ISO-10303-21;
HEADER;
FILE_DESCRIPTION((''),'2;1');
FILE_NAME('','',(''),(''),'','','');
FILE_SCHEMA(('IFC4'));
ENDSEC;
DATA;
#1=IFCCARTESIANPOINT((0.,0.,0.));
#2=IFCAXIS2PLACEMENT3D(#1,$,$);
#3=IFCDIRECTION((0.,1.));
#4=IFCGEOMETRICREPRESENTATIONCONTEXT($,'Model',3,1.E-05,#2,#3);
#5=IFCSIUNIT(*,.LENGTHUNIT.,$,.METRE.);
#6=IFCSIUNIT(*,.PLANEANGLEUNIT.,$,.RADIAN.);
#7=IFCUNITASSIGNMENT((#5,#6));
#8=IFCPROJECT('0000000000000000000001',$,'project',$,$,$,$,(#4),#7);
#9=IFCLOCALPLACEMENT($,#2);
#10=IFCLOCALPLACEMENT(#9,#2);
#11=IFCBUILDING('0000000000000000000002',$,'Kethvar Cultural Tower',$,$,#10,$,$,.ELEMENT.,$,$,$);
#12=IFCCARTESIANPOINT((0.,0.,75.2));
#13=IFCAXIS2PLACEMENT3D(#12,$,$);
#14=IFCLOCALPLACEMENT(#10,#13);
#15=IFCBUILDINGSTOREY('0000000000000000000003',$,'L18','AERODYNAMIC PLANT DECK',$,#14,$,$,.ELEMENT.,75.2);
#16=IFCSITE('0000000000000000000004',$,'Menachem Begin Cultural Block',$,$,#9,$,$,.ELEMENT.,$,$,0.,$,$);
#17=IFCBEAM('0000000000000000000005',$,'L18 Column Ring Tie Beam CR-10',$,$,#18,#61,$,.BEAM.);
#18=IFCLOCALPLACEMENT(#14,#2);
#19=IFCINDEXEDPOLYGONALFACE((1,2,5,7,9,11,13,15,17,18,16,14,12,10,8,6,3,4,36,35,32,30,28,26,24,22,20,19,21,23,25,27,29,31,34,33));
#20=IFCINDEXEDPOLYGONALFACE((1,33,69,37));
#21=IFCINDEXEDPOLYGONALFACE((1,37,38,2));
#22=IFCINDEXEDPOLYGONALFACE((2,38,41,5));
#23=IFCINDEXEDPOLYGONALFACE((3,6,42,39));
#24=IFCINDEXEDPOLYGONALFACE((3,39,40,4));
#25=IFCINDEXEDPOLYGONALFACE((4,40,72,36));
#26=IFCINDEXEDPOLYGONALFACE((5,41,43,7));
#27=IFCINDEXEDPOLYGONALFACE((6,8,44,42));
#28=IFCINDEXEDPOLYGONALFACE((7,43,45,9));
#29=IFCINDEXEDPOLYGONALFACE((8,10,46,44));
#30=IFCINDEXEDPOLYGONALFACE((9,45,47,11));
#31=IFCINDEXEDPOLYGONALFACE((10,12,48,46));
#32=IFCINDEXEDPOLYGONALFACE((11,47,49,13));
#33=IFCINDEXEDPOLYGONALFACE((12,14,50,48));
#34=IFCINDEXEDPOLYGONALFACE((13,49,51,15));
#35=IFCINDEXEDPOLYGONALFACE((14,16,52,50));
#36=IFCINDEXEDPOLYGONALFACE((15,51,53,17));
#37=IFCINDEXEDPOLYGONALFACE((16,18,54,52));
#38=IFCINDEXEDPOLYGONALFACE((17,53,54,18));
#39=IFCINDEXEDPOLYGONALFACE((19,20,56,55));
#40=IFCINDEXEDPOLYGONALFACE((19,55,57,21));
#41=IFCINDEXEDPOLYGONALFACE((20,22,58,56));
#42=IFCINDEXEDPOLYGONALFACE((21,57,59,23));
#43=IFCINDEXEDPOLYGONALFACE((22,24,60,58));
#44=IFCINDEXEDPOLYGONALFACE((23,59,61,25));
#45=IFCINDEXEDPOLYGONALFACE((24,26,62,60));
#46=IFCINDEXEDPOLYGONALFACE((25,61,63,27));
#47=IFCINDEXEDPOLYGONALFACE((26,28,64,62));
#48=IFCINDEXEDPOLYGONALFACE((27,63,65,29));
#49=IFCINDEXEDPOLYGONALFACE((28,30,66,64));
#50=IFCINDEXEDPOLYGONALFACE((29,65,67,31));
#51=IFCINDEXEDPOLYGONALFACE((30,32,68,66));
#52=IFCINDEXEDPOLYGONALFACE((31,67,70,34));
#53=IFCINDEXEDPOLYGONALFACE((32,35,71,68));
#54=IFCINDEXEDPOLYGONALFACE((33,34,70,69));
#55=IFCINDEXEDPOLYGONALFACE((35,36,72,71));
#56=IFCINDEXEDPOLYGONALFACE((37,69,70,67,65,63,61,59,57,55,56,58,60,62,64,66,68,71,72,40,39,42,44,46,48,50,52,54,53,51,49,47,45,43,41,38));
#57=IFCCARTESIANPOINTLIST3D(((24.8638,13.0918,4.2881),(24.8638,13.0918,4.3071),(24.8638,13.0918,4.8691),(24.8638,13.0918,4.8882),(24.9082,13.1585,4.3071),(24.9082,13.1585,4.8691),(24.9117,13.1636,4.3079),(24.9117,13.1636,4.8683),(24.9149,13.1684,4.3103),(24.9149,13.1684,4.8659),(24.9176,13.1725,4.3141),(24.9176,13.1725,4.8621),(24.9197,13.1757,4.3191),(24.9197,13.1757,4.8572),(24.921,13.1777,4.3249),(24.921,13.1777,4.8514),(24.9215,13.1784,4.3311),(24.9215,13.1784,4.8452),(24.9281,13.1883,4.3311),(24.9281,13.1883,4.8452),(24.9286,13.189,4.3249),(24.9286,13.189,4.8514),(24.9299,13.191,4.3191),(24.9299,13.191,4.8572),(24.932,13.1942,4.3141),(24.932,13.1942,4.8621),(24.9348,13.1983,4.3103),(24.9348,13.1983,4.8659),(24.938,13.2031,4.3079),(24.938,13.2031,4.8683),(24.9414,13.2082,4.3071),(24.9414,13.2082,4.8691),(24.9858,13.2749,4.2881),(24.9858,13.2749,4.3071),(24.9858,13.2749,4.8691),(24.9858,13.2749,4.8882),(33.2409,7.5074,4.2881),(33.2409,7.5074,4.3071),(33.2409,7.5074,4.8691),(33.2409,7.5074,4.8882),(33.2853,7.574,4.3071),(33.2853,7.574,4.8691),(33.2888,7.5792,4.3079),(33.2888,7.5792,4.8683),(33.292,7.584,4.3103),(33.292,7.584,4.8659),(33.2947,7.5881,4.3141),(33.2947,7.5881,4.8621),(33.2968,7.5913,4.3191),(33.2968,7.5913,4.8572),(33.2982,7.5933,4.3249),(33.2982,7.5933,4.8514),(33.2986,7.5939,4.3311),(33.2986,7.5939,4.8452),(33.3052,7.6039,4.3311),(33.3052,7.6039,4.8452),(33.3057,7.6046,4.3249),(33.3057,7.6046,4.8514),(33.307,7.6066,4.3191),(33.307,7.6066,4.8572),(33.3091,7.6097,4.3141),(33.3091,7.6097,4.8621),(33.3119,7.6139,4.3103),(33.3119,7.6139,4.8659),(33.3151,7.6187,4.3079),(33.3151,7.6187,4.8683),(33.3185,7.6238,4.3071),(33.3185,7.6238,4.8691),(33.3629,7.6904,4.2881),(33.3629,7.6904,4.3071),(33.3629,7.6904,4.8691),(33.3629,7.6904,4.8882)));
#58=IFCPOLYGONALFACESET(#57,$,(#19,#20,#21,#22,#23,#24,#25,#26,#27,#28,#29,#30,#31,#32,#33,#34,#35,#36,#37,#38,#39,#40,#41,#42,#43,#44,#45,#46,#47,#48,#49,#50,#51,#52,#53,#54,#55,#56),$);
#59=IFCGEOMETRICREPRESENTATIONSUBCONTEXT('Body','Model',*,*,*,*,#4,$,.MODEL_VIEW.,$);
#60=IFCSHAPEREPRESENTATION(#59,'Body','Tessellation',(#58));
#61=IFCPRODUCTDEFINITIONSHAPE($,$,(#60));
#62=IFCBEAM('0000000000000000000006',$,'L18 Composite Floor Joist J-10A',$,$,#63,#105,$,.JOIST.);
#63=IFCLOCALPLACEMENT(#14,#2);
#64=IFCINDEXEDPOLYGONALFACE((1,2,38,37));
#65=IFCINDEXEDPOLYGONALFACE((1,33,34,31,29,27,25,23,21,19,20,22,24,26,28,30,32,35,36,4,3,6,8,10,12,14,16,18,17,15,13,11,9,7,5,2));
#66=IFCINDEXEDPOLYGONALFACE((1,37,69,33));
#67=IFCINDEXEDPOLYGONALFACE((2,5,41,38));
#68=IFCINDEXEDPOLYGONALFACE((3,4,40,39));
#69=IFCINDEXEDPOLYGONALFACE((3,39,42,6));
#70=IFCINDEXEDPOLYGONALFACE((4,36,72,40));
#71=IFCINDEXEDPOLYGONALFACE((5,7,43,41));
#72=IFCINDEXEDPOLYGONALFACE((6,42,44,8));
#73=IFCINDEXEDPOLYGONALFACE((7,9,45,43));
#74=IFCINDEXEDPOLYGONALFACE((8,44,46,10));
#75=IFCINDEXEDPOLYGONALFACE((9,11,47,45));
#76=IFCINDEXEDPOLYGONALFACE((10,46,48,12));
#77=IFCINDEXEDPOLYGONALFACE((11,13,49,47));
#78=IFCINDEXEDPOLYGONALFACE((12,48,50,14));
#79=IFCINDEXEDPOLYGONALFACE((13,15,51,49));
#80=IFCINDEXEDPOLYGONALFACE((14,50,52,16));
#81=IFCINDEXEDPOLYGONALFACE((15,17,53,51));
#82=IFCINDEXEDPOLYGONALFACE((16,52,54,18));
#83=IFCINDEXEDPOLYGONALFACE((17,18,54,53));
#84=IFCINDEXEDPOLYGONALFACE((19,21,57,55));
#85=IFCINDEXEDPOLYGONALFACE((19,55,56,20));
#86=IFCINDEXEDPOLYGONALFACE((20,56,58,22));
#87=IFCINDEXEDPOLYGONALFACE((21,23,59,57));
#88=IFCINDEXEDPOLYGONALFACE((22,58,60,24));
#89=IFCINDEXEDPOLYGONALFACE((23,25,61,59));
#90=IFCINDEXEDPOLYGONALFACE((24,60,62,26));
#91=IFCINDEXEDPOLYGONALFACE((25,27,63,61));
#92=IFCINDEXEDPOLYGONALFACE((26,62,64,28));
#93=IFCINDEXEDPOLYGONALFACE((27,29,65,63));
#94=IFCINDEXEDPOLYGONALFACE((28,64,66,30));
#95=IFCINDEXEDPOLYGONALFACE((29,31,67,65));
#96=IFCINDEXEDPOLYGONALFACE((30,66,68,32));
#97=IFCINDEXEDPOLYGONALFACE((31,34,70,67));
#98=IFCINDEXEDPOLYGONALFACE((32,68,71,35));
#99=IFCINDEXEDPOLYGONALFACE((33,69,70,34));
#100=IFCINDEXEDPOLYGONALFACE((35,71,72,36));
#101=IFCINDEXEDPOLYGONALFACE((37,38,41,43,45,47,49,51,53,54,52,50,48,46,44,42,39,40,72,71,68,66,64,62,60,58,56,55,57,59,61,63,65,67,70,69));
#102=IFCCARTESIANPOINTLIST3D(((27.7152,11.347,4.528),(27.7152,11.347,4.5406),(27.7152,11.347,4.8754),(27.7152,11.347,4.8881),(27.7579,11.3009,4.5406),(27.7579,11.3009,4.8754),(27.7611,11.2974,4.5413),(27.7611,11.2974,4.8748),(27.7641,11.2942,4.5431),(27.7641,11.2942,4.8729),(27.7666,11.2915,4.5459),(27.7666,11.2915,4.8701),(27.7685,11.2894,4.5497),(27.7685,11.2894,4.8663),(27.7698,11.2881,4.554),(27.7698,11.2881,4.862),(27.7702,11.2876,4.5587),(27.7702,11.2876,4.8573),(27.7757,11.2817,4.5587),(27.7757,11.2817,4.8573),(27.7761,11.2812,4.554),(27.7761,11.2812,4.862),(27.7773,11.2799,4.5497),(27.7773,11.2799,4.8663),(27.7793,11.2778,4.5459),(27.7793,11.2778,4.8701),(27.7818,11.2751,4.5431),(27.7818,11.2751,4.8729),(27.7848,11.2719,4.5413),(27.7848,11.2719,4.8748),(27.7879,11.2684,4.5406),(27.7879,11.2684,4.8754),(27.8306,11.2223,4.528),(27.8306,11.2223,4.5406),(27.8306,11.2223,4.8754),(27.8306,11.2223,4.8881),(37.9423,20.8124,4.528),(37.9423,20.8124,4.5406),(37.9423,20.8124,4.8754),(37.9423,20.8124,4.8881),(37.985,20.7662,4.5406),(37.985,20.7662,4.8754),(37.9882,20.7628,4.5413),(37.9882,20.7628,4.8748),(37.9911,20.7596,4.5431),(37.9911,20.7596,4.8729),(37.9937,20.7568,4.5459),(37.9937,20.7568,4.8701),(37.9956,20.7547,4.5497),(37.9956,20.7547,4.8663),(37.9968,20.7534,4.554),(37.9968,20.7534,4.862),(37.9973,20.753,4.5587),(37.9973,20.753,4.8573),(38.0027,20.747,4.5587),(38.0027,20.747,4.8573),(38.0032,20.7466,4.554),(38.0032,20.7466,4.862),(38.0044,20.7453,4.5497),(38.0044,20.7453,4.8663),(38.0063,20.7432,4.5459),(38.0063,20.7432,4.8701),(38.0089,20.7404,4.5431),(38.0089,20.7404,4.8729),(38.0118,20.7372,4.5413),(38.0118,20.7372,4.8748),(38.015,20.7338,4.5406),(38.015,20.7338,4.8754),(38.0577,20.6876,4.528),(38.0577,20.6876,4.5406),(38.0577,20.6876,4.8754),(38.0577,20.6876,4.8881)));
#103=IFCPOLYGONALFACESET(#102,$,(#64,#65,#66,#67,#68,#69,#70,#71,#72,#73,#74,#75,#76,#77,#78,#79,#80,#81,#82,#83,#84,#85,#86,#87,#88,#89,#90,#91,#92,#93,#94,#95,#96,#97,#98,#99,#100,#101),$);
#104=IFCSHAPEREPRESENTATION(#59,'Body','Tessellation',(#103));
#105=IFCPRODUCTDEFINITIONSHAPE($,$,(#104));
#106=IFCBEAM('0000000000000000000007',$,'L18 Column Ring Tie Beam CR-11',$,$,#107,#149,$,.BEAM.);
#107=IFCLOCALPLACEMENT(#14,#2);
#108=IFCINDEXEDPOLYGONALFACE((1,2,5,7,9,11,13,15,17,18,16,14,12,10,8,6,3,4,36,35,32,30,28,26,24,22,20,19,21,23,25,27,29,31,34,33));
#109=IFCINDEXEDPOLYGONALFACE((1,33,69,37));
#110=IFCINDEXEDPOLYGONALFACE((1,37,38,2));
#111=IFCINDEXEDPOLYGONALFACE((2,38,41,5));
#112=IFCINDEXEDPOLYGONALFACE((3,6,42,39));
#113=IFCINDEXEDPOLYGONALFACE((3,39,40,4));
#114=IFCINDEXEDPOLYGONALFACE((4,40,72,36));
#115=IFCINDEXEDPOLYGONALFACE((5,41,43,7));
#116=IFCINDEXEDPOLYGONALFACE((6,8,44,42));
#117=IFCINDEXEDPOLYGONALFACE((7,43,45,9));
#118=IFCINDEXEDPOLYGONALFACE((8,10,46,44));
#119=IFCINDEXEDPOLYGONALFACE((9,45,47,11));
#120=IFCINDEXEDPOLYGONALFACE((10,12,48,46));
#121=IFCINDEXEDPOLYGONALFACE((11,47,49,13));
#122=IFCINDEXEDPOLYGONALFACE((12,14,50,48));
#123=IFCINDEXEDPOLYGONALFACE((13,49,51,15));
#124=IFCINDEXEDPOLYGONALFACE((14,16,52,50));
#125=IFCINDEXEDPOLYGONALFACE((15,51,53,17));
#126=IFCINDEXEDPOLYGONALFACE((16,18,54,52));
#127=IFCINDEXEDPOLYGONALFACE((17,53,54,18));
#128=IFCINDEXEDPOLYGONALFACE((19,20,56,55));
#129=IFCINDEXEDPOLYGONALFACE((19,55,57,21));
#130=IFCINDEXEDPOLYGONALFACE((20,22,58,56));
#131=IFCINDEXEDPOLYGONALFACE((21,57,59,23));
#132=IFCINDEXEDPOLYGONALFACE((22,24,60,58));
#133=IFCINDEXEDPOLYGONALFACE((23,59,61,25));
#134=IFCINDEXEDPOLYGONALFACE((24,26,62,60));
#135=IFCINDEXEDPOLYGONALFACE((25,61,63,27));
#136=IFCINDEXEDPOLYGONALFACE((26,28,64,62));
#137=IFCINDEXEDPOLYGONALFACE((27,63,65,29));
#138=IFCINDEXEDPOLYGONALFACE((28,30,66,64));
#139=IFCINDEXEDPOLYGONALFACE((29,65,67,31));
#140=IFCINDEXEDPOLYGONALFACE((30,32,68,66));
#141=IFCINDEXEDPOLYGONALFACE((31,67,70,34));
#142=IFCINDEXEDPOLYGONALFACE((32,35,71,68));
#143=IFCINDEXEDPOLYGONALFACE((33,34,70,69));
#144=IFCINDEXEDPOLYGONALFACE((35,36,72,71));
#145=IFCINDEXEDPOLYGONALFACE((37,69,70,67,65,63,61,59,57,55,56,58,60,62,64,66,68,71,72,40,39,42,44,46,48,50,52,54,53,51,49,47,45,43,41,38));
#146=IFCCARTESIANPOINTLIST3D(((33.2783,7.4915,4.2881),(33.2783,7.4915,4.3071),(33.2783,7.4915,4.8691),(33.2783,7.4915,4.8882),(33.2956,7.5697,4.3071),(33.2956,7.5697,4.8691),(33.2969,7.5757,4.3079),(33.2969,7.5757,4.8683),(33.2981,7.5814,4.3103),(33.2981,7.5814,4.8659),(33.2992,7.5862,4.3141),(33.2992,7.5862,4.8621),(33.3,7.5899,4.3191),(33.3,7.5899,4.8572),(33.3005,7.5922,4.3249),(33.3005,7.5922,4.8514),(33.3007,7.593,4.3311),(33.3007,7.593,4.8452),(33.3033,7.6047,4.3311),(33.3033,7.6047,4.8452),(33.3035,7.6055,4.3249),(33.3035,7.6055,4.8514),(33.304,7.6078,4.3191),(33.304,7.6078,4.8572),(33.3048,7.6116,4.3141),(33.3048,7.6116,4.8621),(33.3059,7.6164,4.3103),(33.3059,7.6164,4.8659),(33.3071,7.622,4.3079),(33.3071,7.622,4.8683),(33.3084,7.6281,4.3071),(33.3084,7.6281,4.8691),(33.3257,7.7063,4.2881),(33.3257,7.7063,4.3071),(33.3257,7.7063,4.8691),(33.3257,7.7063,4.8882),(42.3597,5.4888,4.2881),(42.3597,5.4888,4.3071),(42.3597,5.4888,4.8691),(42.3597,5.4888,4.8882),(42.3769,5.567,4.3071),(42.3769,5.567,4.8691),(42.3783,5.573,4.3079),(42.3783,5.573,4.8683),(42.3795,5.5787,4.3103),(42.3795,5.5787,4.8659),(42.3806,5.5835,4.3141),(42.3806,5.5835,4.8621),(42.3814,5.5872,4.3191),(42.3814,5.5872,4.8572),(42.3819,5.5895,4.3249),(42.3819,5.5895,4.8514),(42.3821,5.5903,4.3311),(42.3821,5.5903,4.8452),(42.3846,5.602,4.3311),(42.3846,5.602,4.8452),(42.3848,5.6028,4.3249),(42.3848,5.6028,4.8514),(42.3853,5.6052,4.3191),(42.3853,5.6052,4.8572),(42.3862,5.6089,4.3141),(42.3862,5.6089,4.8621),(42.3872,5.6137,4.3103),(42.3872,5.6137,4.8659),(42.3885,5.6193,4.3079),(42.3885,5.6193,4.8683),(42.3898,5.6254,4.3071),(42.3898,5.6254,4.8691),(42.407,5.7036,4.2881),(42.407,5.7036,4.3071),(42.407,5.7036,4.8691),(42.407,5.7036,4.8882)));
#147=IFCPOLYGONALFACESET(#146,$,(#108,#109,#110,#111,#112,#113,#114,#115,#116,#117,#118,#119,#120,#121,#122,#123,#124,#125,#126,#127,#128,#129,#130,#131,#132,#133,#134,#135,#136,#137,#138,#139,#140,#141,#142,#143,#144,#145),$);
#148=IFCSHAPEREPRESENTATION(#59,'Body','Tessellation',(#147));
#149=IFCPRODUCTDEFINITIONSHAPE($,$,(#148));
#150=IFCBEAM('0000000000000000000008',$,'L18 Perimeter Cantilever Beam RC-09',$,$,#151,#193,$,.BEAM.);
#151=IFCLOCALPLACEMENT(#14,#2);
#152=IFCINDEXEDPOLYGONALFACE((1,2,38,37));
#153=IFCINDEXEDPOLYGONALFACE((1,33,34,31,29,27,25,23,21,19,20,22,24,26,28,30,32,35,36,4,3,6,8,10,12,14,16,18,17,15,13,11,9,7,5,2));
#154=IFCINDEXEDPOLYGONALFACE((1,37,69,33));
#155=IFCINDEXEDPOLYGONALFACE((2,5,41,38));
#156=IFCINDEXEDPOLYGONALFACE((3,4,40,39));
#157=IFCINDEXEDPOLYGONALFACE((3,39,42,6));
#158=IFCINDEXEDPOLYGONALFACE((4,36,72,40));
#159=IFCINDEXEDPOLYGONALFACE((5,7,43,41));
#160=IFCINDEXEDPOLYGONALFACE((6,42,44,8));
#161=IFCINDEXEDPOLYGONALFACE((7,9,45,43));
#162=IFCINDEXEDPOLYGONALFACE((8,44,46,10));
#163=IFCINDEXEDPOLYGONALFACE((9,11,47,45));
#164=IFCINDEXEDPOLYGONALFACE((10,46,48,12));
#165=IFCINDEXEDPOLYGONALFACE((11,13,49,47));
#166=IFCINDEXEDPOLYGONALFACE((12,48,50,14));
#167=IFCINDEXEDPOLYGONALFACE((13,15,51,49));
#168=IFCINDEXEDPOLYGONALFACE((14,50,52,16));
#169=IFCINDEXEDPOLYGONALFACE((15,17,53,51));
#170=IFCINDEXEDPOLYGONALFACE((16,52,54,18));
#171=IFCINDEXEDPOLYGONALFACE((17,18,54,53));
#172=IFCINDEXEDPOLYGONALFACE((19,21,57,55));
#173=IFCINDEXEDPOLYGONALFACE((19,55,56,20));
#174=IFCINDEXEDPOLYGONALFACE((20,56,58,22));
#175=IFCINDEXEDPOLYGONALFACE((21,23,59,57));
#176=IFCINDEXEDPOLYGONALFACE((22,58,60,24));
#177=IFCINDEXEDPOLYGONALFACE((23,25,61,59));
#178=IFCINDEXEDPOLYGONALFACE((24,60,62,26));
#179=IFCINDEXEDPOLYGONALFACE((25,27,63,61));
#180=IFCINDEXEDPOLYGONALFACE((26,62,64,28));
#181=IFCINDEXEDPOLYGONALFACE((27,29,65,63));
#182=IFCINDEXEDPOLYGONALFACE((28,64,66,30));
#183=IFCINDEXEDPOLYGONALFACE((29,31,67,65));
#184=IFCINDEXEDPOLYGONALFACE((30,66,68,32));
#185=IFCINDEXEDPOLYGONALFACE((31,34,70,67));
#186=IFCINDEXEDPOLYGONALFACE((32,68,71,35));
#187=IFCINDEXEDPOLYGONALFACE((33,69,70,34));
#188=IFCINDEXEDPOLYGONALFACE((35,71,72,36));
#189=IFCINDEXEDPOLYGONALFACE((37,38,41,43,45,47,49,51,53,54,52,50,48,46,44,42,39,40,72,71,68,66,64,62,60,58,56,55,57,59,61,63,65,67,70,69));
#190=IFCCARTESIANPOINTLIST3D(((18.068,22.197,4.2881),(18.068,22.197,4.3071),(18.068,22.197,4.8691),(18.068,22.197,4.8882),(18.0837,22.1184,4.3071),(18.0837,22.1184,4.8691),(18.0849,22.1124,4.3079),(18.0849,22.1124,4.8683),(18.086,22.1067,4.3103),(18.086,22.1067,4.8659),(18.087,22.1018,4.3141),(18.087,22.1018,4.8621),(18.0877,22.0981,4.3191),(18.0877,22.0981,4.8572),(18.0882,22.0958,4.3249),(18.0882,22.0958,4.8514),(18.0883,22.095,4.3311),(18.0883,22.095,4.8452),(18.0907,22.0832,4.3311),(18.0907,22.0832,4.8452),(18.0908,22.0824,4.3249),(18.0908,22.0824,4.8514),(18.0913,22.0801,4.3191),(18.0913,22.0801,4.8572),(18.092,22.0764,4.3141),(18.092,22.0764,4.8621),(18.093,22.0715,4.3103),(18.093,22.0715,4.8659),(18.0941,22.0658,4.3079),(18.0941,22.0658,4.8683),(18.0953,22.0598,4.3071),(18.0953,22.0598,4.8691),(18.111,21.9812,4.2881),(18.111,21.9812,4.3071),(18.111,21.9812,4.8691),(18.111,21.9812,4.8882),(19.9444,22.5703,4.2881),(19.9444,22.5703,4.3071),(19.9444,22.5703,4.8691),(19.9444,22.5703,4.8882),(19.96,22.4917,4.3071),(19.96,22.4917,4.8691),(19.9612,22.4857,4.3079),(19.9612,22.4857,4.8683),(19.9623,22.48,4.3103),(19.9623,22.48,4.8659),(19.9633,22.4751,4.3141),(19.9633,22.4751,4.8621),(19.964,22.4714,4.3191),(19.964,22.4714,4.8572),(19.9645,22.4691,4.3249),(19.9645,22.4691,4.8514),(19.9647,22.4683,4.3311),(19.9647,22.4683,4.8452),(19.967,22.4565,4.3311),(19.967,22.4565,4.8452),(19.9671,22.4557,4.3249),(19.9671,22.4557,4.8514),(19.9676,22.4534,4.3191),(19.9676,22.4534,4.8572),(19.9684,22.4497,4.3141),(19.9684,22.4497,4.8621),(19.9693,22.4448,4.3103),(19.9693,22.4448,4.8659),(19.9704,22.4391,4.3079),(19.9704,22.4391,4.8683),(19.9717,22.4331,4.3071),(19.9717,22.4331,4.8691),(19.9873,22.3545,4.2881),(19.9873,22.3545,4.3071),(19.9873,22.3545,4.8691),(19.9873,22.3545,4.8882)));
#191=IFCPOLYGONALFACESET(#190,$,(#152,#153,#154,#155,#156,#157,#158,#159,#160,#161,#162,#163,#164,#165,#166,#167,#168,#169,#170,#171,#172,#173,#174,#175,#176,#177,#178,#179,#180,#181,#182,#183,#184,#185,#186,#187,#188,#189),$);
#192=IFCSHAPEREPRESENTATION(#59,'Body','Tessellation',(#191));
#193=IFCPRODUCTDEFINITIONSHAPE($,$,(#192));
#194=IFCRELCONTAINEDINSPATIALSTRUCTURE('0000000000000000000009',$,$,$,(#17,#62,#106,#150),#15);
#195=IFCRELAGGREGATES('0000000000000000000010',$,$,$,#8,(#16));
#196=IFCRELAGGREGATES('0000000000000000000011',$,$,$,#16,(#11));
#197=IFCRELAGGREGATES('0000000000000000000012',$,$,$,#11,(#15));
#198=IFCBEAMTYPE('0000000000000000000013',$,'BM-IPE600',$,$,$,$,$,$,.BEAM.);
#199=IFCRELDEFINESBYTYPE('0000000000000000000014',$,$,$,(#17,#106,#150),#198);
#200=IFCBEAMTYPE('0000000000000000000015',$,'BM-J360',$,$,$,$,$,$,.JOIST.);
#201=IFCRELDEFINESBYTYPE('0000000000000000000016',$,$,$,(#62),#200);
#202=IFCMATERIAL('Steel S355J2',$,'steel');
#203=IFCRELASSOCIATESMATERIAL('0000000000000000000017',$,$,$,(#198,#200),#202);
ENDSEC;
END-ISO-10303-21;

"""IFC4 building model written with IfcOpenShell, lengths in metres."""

from ifc_helpers import new_model, si_unit, direction, frame, origin, origin_2d, place, context, subcontext, project, spatial, i_section, extrude, source, transform, mapped, material, material_profile, profile_set, type_object, element, save


model = new_model("IFC4")

# Units and contexts
model_context = context("Model", 3, precision=1e-05, world=origin(), true_north=direction((0.0, 1.0)))
body_context = subcontext(model_context, "Body", "Model", "MODEL_VIEW")
ifc_project = project(units=[si_unit("LENGTHUNIT", "METRE"), si_unit("PLANEANGLEUNIT", "RADIAN")], contexts=[model_context])

# Site, building, storey
site_placement = place(None, origin())
site = spatial("IfcSite", under=ifc_project, at=site_placement, Name="Menachem Begin Cultural Block", CompositionType="ELEMENT", RefElevation=0.0)
building_placement = place(site_placement, origin())
building = spatial("IfcBuilding", under=site, at=building_placement, Name="Kethvar Cultural Tower", CompositionType="ELEMENT")
storey_placement = place(building_placement, frame((0.0, 0.0, 75.2)))
storey = spatial("IfcBuildingStorey", under=building, at=storey_placement, Name="L18", Description="AERODYNAMIC PLANT DECK", CompositionType="ELEMENT", Elevation=75.2)

# Beams
ifc_material_1 = material(Name="Steel S355J2", Category="steel")
ifc_material_profile_1 = material_profile(ifc_material_1, i_section(OverallWidth=0.22, OverallDepth=0.6001, WebThickness=0.012, FlangeThickness=0.019, FilletRadius=0.0239, at=origin_2d()), Name="Steel S355J2 — IPE600")
ifc_profile_set_1 = profile_set([ifc_material_profile_1], Name="Steel S355J2 — IPE600")
beam_type_1 = type_object("IfcBeamType", Name="BM-IPE600", PredefinedType="BEAM", material=ifc_profile_set_1)
ifc_material_profile_2 = material_profile(ifc_material_1, i_section(OverallWidth=0.1699, OverallDepth=0.3601, WebThickness=0.0081, FlangeThickness=0.0127, FilletRadius=0.0181, at=origin_2d()), Name="Steel S355J2 — IPE360")
ifc_profile_set_2 = profile_set([ifc_material_profile_2], Name="Steel S355J2 — IPE360")
beam_type_2 = type_object("IfcBeamType", Name="BM-J360", PredefinedType="JOIST", material=ifc_profile_set_2)
shared_shape_1 = source(origin(), body_context, "Body", "SweptSolid", [
    extrude(i_section(OverallWidth=0.22, OverallDepth=0.6001, WebThickness=0.012, FlangeThickness=0.019, FilletRadius=0.0239, at=origin_2d()), origin(), (0.0, 0.0, 1.0), 10.0679),
])
beam_1_placement = place(storey_placement, frame((24.9248, 13.1833, 4.5881), z_axis=(0.832065, -0.554678, 0.0), x_axis=(0.554678, 0.832065, 0.0)))
element("IfcBeam", 1, at=beam_1_placement, inside=storey, type_object=beam_type_1, Name="L18 Column Ring Tie Beam CR-10", PredefinedType="BEAM", context=body_context, shape_type="MappedRepresentation", body=[
    mapped(shared_shape_1, transform((0.0, 0.0, 0.0), scale=1.0)),
])
shared_shape_2 = source(origin(), body_context, "Body", "SweptSolid", [
    extrude(i_section(OverallWidth=0.1699, OverallDepth=0.3601, WebThickness=0.0081, FlangeThickness=0.0127, FilletRadius=0.0181, at=origin_2d()), origin(), (0.0, 0.0, 1.0), 13.9351),
])
beam_2_placement = place(storey_placement, frame((38.0, 20.75, 4.708), z_axis=(-0.733909, -0.679247, 0.0), x_axis=(0.679247, -0.733909, 0.0)))
element("IfcBeam", 2, at=beam_2_placement, inside=storey, type_object=beam_type_2, Name="L18 Composite Floor Joist J-10A", PredefinedType="JOIST", context=body_context, shape_type="MappedRepresentation", body=[
    mapped(shared_shape_2, transform((0.0, 0.0, 0.0), scale=1.0)),
])
shared_shape_3 = source(origin(), body_context, "Body", "SweptSolid", [
    extrude(i_section(OverallWidth=0.22, OverallDepth=0.6001, WebThickness=0.012, FlangeThickness=0.019, FilletRadius=0.0239, at=origin_2d()), origin(), (0.0, 0.0, 1.0), 9.2996),
])
beam_3_placement = place(storey_placement, frame((33.302, 7.5989, 4.5881), z_axis=(0.976536, -0.215354, 0.0), x_axis=(0.215354, 0.976536, 0.0)))
element("IfcBeam", 3, at=beam_3_placement, inside=storey, type_object=beam_type_1, Name="L18 Column Ring Tie Beam CR-11", PredefinedType="BEAM", context=body_context, shape_type="MappedRepresentation", body=[
    mapped(shared_shape_3, transform((0.0, 0.0, 0.0), scale=1.0)),
])
shared_shape_4 = source(origin(), body_context, "Body", "SweptSolid", [
    extrude(i_section(OverallWidth=0.22, OverallDepth=0.6001, WebThickness=0.012, FlangeThickness=0.019, FilletRadius=0.0239, at=origin_2d()), origin(), (0.0, 0.0, 1.0), 1.9131),
])
beam_4_placement = place(storey_placement, frame((19.9658, 22.4624, 4.5881), z_axis=(-0.980777, -0.195134, 0.0), x_axis=(0.195134, -0.980777, 0.0)))
element("IfcBeam", 4, at=beam_4_placement, inside=storey, type_object=beam_type_1, Name="L18 Perimeter Cantilever Beam RC-09", PredefinedType="BEAM", context=body_context, shape_type="MappedRepresentation", body=[
    mapped(shared_shape_4, transform((0.0, 0.0, 0.0), scale=1.0)),
])

save(model, "model.ifc")
